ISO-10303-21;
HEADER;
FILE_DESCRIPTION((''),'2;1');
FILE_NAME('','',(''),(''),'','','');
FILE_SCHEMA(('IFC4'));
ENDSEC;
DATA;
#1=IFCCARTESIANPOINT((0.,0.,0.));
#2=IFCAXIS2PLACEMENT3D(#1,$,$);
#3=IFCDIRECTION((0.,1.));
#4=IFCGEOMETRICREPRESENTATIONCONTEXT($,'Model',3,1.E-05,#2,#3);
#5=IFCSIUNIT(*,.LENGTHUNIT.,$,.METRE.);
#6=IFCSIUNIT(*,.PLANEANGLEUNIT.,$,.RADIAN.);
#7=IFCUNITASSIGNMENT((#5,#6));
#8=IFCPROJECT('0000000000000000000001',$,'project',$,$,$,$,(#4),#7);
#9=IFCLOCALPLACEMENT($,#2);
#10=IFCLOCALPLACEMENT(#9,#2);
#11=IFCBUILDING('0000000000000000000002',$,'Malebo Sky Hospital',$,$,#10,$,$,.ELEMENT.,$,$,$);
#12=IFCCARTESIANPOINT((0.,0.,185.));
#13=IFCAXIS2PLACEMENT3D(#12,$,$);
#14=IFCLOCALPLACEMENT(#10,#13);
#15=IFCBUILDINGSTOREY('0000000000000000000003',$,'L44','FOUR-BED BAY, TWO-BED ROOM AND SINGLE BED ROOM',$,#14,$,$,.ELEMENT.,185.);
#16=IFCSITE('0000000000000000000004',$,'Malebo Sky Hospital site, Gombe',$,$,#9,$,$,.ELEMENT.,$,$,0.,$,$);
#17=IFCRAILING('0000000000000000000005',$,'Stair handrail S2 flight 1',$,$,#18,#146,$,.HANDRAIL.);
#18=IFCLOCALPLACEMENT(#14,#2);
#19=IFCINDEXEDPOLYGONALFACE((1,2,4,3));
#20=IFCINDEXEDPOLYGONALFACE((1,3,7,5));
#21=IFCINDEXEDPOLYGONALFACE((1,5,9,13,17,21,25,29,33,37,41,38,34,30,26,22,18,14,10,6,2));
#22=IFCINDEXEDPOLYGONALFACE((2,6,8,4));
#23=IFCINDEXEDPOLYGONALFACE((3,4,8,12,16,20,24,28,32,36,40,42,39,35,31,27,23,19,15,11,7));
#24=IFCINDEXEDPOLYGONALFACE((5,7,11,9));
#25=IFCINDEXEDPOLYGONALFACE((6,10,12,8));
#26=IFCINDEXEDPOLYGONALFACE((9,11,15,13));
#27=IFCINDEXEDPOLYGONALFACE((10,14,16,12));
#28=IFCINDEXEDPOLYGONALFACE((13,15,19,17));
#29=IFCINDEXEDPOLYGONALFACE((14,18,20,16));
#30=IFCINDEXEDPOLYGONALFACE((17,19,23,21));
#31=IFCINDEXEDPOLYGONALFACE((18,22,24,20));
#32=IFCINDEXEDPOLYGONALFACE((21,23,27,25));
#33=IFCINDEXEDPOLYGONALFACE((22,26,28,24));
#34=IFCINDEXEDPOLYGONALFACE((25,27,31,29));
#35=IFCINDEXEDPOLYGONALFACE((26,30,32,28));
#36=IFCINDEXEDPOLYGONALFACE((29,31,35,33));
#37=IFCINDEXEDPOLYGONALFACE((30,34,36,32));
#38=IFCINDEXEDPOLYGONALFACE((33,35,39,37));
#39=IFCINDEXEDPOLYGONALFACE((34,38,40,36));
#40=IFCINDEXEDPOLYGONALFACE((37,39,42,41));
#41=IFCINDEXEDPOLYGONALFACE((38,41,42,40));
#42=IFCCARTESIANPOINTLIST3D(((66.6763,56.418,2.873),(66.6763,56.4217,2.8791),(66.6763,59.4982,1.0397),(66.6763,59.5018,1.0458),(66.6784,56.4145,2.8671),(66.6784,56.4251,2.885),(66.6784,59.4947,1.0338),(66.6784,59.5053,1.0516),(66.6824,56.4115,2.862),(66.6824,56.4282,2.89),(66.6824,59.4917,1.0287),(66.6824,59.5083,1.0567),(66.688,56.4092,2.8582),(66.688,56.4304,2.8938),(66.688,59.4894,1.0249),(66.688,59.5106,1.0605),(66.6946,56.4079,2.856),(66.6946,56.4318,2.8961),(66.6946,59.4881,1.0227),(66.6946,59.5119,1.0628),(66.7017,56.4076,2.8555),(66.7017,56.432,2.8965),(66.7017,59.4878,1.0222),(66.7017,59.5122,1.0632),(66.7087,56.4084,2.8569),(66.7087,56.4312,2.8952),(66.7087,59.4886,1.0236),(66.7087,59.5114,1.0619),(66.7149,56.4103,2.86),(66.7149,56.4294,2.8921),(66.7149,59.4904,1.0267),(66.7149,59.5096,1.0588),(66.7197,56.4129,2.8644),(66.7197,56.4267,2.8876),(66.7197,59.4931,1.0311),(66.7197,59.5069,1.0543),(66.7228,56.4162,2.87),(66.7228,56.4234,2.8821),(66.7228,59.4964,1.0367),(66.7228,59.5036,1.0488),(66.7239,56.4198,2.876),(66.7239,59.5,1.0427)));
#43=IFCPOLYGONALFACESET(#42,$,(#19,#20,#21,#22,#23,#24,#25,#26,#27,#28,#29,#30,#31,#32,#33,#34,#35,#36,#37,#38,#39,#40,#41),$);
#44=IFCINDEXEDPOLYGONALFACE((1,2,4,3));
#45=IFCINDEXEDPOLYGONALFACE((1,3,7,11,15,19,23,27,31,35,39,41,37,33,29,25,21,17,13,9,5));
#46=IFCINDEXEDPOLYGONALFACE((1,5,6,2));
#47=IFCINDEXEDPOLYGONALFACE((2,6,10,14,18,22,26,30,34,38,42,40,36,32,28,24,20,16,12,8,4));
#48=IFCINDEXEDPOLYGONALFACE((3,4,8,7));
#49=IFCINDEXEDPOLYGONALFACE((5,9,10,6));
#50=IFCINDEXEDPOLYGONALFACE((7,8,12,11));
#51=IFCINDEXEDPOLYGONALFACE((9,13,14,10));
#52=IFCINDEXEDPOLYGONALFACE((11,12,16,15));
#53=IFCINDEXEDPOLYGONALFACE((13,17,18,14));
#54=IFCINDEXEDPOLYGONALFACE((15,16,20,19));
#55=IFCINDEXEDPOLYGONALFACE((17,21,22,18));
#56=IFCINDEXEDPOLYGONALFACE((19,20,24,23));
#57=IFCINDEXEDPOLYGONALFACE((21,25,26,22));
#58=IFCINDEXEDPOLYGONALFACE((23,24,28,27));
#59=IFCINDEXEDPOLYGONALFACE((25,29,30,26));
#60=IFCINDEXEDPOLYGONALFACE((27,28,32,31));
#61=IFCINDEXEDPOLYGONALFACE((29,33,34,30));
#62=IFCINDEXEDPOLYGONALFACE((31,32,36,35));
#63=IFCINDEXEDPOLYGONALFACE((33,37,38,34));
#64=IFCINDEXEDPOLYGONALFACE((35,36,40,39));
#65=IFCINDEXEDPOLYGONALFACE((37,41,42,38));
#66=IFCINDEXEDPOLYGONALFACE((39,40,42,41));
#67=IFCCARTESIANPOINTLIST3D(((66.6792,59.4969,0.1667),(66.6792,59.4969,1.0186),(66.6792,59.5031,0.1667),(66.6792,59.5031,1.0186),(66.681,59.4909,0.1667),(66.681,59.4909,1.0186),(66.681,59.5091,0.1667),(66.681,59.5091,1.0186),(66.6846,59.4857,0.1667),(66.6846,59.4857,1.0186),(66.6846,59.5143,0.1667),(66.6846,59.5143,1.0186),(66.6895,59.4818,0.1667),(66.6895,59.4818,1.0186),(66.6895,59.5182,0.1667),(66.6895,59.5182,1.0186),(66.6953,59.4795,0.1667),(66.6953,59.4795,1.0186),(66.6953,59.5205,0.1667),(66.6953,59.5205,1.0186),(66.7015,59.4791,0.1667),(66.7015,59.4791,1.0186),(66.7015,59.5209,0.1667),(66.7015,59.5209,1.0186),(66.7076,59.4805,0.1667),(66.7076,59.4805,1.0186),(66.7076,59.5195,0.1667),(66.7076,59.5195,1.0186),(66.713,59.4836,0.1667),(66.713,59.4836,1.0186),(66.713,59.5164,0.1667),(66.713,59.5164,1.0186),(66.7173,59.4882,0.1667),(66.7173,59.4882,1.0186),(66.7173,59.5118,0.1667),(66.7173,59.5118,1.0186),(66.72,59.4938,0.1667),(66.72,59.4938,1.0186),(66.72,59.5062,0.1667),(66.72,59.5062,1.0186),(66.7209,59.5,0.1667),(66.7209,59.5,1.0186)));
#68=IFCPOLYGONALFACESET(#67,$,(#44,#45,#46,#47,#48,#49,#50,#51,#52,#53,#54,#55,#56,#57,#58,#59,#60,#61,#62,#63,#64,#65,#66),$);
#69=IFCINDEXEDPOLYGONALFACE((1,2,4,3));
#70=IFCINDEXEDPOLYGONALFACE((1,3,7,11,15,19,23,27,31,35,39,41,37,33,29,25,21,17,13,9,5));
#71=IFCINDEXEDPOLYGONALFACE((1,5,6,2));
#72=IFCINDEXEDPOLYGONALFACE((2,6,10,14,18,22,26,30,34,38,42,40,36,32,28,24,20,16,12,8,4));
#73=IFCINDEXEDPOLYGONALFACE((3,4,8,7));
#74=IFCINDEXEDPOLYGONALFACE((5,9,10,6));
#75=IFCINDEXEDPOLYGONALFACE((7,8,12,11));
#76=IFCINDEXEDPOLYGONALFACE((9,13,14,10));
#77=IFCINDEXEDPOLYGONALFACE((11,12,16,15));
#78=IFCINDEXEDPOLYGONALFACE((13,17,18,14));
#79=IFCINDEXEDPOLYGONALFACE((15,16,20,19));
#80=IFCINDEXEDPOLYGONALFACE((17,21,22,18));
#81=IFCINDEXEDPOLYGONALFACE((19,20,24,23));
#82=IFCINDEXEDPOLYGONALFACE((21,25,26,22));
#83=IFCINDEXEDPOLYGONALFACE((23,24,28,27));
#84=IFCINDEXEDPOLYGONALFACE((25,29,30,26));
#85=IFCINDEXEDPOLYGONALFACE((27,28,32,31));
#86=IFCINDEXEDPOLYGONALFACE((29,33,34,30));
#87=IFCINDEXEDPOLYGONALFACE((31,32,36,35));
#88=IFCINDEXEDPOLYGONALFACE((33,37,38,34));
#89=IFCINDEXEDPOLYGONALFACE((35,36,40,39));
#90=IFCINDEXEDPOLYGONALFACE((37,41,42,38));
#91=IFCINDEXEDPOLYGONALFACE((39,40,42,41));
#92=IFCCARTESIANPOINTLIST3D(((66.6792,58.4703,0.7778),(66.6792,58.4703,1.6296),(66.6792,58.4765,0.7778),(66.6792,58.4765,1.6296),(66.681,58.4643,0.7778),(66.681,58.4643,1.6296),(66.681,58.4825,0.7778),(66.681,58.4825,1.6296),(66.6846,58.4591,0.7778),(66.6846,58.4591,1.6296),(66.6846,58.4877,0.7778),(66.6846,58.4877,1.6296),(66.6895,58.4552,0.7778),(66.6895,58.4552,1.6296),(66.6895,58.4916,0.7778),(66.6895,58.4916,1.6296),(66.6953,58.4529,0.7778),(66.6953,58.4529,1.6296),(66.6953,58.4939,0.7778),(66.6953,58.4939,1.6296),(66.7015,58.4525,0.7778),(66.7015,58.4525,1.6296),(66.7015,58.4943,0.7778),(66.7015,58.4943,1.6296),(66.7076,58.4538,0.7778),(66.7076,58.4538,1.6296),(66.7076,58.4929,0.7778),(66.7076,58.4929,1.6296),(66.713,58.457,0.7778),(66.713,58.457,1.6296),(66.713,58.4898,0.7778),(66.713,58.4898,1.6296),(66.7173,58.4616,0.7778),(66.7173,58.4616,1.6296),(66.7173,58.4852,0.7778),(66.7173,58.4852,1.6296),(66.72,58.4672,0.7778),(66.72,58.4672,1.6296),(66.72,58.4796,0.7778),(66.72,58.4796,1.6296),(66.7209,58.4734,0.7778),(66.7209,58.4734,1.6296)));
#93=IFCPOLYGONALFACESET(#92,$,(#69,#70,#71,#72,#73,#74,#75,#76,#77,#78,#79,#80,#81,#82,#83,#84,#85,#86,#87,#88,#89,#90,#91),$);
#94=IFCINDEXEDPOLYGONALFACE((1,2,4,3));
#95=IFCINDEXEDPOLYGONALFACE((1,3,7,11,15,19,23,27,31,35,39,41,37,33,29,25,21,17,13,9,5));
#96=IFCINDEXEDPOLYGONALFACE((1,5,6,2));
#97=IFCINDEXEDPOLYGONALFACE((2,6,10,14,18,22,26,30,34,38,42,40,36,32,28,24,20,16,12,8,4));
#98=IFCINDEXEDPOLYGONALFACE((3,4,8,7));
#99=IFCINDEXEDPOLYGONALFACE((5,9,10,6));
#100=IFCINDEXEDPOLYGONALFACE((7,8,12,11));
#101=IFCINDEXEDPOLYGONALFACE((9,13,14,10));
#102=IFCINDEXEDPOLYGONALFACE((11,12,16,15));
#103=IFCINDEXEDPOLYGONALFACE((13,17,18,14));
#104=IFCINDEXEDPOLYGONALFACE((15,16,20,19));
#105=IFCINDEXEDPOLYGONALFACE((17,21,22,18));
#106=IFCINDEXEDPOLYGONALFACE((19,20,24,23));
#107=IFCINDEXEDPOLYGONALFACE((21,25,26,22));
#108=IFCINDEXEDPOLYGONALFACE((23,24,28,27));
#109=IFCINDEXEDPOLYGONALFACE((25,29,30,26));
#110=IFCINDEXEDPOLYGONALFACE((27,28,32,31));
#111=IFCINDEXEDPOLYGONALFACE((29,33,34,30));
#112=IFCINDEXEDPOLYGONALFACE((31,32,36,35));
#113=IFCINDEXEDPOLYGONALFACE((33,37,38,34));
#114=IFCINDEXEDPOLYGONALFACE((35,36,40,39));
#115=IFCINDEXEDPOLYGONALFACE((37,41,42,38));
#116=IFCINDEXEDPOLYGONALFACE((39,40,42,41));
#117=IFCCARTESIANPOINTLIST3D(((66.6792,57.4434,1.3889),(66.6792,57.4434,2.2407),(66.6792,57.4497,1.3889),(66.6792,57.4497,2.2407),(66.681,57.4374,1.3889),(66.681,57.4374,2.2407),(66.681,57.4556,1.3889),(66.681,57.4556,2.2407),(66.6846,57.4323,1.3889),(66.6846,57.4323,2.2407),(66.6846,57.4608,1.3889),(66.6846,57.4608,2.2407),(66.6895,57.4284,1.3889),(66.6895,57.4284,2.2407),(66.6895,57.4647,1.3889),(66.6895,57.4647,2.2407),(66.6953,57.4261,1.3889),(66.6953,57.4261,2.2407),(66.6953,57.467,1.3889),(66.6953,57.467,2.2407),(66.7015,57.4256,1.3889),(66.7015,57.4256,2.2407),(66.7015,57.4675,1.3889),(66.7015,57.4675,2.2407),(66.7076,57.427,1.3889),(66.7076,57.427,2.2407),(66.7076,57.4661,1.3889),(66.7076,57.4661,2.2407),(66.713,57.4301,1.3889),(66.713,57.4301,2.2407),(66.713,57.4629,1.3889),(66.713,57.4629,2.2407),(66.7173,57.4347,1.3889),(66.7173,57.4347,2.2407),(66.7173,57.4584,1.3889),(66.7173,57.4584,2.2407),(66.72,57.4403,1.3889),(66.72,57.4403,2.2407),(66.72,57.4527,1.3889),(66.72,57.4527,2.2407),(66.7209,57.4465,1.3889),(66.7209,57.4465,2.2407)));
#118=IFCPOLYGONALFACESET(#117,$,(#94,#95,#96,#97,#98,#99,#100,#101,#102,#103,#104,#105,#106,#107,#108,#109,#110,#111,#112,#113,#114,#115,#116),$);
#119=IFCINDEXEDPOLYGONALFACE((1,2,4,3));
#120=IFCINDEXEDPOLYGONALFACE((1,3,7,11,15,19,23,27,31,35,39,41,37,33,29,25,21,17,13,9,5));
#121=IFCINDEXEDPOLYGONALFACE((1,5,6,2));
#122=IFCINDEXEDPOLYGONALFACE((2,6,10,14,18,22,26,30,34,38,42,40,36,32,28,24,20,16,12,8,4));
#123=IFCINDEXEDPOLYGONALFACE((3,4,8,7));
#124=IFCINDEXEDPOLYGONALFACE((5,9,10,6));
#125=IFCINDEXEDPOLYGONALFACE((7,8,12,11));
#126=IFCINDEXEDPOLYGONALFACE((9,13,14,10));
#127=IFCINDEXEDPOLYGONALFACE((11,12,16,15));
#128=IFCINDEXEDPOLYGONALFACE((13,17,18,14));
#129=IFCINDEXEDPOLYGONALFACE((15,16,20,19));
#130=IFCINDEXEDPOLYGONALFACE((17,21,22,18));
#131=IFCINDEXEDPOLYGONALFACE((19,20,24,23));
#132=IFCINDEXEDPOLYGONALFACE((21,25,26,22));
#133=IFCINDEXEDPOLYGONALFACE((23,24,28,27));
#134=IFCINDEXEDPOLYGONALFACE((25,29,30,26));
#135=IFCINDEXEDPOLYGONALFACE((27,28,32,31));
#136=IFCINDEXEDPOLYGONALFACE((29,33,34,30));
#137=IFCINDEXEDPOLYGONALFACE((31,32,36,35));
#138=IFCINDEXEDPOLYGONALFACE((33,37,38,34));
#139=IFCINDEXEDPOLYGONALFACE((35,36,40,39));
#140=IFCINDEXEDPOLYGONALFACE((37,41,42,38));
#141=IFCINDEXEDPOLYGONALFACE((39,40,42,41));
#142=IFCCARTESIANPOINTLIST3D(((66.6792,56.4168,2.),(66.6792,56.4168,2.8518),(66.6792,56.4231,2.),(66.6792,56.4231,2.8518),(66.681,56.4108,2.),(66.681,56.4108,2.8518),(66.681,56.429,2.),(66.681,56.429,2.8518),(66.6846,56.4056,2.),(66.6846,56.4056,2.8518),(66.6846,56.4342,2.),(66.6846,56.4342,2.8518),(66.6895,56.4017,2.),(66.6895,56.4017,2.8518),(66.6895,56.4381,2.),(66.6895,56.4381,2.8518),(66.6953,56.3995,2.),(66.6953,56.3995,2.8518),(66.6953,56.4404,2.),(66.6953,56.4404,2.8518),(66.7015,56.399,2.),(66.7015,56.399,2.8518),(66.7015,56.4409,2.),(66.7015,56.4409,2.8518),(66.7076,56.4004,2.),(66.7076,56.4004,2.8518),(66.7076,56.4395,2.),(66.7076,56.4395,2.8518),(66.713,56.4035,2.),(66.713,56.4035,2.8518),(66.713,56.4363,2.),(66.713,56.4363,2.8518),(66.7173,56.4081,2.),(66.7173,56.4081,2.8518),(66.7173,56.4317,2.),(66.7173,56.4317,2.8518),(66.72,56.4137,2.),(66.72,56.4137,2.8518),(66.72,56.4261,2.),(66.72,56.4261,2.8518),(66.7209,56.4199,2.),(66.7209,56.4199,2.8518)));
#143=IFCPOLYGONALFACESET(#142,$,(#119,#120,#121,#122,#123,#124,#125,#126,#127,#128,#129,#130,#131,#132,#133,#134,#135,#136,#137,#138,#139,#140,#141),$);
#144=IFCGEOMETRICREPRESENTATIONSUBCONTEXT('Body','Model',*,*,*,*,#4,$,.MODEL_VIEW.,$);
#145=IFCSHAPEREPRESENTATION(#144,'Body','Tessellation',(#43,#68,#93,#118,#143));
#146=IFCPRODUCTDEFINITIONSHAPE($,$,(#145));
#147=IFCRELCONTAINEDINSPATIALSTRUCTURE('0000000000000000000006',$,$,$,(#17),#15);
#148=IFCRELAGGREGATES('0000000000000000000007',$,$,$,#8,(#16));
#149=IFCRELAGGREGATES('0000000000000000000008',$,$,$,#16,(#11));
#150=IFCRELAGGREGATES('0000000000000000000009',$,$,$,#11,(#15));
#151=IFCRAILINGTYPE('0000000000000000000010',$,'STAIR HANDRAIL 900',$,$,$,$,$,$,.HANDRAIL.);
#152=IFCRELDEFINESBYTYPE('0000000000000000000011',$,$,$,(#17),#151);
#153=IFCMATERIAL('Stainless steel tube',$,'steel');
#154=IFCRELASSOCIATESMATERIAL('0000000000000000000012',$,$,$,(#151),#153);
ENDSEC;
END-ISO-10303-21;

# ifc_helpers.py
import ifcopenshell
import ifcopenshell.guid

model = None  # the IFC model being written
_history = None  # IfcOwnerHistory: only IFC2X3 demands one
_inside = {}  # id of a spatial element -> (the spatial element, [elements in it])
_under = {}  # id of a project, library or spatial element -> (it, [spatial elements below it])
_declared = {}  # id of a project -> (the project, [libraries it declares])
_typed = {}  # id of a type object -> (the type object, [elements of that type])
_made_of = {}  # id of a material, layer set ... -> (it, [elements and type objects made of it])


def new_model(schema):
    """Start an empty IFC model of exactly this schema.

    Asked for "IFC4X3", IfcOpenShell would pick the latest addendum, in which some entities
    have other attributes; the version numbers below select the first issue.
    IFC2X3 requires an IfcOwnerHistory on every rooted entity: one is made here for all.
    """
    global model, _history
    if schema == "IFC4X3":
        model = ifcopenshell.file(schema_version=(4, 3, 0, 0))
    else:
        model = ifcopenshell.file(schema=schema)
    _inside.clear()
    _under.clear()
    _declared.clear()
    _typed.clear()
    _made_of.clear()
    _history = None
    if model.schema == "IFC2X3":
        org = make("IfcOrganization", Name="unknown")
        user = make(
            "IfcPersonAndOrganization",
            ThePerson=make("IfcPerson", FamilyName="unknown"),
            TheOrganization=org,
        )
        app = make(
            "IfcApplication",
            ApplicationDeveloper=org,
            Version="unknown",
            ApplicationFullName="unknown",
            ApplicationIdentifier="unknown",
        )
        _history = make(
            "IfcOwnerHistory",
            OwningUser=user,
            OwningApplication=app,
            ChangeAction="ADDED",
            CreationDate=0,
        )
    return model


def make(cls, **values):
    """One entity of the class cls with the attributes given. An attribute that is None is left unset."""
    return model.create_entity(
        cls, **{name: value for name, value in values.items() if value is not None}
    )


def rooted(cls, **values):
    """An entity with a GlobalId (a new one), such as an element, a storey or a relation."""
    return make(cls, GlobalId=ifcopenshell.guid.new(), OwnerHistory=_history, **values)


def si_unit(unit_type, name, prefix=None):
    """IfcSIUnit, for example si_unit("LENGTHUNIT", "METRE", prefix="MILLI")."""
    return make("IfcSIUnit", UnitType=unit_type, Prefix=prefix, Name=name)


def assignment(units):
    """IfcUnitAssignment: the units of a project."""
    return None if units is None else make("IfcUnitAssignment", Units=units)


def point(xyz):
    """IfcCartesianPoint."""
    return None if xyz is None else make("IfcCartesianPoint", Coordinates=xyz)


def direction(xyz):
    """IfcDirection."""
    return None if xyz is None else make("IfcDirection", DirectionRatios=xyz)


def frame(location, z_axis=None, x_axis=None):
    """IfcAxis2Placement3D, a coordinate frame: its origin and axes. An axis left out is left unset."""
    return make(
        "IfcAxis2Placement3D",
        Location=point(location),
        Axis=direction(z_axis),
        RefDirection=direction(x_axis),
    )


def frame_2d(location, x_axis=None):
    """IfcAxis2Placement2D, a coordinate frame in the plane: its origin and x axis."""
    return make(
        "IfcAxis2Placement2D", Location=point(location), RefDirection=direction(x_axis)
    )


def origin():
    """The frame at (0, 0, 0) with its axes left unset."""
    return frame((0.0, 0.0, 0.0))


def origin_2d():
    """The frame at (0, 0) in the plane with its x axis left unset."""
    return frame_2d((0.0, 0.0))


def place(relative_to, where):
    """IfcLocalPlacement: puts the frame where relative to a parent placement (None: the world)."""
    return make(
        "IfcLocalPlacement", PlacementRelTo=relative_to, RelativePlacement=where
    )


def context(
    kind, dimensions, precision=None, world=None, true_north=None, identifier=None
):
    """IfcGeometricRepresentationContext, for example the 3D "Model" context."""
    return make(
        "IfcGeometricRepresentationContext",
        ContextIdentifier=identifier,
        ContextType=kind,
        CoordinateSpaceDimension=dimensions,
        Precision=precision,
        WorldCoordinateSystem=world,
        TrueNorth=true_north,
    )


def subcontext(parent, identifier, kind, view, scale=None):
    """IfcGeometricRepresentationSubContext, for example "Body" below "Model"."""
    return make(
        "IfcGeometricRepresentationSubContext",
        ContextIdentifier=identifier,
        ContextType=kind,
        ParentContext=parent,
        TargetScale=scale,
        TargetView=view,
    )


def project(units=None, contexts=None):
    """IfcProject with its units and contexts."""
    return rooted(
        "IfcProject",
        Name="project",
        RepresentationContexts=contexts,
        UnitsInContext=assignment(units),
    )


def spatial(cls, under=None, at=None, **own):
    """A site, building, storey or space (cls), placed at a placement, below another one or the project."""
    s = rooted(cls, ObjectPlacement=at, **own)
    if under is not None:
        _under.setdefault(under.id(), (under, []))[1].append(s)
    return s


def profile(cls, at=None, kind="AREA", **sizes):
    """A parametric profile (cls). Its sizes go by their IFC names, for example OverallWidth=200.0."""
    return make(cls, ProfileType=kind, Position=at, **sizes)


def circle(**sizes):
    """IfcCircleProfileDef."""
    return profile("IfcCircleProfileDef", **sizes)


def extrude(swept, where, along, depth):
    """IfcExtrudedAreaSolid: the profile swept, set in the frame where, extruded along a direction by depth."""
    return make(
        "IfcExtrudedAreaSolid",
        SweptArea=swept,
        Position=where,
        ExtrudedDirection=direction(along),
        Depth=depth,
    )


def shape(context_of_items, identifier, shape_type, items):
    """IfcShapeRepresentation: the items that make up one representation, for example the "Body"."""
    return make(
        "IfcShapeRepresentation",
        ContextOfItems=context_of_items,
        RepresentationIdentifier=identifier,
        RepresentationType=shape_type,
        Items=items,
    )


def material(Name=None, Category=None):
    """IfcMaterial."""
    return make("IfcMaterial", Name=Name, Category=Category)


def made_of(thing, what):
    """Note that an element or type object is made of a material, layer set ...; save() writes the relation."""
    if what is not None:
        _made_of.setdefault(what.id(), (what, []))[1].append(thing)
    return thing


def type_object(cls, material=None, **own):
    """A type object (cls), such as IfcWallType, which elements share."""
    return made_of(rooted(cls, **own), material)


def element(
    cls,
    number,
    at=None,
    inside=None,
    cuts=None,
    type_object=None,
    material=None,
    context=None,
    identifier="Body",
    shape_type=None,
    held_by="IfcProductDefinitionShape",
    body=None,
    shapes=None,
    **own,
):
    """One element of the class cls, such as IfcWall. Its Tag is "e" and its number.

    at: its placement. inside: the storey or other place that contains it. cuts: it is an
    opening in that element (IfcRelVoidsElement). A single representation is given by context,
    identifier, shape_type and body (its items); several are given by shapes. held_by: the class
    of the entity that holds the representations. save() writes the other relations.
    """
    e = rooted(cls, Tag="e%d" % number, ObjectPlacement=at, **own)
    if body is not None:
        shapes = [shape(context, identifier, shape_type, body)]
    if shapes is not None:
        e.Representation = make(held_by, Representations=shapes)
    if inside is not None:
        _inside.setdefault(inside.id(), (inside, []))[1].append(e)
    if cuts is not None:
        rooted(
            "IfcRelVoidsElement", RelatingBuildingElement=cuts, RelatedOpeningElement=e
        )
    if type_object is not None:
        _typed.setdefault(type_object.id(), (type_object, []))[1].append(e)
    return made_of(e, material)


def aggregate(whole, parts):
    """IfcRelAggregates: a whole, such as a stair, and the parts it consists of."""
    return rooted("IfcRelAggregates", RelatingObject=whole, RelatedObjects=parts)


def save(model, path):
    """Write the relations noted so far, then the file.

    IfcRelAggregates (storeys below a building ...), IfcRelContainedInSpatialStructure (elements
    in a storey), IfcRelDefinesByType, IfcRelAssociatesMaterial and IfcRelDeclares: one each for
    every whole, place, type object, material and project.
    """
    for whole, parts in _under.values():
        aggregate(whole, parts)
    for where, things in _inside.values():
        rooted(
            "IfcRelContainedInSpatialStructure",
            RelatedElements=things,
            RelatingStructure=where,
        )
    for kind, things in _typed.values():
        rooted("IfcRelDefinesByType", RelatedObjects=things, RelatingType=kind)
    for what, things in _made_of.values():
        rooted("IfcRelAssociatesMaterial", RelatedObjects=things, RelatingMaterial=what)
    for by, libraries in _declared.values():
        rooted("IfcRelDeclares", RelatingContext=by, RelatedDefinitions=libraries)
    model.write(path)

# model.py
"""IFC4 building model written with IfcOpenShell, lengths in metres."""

from ifc_helpers import new_model, si_unit, direction, frame, origin, origin_2d, place, context, subcontext, project, spatial, circle, extrude, material, type_object, element, save


model = new_model("IFC4")

# Units and contexts
model_context = context("Model", 3, precision=1e-05, world=origin(), true_north=direction((0.0, 1.0)))
body_context = subcontext(model_context, "Body", "Model", "MODEL_VIEW")
ifc_project = project(units=[si_unit("LENGTHUNIT", "METRE"), si_unit("PLANEANGLEUNIT", "RADIAN")], contexts=[model_context])

# Site, building, storey
site_placement = place(None, origin())
site = spatial("IfcSite", under=ifc_project, at=site_placement, Name="Malebo Sky Hospital site, Gombe", CompositionType="ELEMENT", RefElevation=0.0)
building_placement = place(site_placement, origin())
building = spatial("IfcBuilding", under=site, at=building_placement, Name="Malebo Sky Hospital", CompositionType="ELEMENT")
storey_placement = place(building_placement, frame((0.0, 0.0, 185.0)))
storey = spatial("IfcBuildingStorey", under=building, at=storey_placement, Name="L44", Description="FOUR-BED BAY, TWO-BED ROOM AND SINGLE BED ROOM", CompositionType="ELEMENT", Elevation=185.0)

# Railing
ifc_material_1 = material(Name="Stainless steel tube", Category="steel")
railing_type = type_object("IfcRailingType", Name="STAIR HANDRAIL 900", PredefinedType="HANDRAIL", material=ifc_material_1)
railing_1_placement = place(storey_placement, frame((66.7, 59.5, 0.1667)))
element("IfcRailing", 1, at=railing_1_placement, inside=storey, type_object=railing_type, Name="Stair handrail S2 flight 1", PredefinedType="HANDRAIL", context=body_context, shape_type="SweptSolid", body=[
    extrude(circle(Radius=0.0239, at=origin_2d()), frame((0.0, 0.0, 0.876), z_axis=(0.0, -0.859309, 0.511458), x_axis=(1.0, 0.0, 0.0)), (0.0, 0.0, 1.0), 3.5845),
    extrude(circle(Radius=0.021, at=origin_2d()), origin(), (0.0, 0.0, 1.0), 0.8518),
    extrude(circle(Radius=0.021, at=origin_2d()), frame((0.0, -1.0266, 0.6111)), (0.0, 0.0, 1.0), 0.8518),
    extrude(circle(Radius=0.021, at=origin_2d()), frame((0.0, -2.0535, 1.2222)), (0.0, 0.0, 1.0), 0.8518),
    extrude(circle(Radius=0.021, at=origin_2d()), frame((0.0, -3.0801, 1.8333)), (0.0, 0.0, 1.0), 0.8518),
])

save(model, "model.ifc")
